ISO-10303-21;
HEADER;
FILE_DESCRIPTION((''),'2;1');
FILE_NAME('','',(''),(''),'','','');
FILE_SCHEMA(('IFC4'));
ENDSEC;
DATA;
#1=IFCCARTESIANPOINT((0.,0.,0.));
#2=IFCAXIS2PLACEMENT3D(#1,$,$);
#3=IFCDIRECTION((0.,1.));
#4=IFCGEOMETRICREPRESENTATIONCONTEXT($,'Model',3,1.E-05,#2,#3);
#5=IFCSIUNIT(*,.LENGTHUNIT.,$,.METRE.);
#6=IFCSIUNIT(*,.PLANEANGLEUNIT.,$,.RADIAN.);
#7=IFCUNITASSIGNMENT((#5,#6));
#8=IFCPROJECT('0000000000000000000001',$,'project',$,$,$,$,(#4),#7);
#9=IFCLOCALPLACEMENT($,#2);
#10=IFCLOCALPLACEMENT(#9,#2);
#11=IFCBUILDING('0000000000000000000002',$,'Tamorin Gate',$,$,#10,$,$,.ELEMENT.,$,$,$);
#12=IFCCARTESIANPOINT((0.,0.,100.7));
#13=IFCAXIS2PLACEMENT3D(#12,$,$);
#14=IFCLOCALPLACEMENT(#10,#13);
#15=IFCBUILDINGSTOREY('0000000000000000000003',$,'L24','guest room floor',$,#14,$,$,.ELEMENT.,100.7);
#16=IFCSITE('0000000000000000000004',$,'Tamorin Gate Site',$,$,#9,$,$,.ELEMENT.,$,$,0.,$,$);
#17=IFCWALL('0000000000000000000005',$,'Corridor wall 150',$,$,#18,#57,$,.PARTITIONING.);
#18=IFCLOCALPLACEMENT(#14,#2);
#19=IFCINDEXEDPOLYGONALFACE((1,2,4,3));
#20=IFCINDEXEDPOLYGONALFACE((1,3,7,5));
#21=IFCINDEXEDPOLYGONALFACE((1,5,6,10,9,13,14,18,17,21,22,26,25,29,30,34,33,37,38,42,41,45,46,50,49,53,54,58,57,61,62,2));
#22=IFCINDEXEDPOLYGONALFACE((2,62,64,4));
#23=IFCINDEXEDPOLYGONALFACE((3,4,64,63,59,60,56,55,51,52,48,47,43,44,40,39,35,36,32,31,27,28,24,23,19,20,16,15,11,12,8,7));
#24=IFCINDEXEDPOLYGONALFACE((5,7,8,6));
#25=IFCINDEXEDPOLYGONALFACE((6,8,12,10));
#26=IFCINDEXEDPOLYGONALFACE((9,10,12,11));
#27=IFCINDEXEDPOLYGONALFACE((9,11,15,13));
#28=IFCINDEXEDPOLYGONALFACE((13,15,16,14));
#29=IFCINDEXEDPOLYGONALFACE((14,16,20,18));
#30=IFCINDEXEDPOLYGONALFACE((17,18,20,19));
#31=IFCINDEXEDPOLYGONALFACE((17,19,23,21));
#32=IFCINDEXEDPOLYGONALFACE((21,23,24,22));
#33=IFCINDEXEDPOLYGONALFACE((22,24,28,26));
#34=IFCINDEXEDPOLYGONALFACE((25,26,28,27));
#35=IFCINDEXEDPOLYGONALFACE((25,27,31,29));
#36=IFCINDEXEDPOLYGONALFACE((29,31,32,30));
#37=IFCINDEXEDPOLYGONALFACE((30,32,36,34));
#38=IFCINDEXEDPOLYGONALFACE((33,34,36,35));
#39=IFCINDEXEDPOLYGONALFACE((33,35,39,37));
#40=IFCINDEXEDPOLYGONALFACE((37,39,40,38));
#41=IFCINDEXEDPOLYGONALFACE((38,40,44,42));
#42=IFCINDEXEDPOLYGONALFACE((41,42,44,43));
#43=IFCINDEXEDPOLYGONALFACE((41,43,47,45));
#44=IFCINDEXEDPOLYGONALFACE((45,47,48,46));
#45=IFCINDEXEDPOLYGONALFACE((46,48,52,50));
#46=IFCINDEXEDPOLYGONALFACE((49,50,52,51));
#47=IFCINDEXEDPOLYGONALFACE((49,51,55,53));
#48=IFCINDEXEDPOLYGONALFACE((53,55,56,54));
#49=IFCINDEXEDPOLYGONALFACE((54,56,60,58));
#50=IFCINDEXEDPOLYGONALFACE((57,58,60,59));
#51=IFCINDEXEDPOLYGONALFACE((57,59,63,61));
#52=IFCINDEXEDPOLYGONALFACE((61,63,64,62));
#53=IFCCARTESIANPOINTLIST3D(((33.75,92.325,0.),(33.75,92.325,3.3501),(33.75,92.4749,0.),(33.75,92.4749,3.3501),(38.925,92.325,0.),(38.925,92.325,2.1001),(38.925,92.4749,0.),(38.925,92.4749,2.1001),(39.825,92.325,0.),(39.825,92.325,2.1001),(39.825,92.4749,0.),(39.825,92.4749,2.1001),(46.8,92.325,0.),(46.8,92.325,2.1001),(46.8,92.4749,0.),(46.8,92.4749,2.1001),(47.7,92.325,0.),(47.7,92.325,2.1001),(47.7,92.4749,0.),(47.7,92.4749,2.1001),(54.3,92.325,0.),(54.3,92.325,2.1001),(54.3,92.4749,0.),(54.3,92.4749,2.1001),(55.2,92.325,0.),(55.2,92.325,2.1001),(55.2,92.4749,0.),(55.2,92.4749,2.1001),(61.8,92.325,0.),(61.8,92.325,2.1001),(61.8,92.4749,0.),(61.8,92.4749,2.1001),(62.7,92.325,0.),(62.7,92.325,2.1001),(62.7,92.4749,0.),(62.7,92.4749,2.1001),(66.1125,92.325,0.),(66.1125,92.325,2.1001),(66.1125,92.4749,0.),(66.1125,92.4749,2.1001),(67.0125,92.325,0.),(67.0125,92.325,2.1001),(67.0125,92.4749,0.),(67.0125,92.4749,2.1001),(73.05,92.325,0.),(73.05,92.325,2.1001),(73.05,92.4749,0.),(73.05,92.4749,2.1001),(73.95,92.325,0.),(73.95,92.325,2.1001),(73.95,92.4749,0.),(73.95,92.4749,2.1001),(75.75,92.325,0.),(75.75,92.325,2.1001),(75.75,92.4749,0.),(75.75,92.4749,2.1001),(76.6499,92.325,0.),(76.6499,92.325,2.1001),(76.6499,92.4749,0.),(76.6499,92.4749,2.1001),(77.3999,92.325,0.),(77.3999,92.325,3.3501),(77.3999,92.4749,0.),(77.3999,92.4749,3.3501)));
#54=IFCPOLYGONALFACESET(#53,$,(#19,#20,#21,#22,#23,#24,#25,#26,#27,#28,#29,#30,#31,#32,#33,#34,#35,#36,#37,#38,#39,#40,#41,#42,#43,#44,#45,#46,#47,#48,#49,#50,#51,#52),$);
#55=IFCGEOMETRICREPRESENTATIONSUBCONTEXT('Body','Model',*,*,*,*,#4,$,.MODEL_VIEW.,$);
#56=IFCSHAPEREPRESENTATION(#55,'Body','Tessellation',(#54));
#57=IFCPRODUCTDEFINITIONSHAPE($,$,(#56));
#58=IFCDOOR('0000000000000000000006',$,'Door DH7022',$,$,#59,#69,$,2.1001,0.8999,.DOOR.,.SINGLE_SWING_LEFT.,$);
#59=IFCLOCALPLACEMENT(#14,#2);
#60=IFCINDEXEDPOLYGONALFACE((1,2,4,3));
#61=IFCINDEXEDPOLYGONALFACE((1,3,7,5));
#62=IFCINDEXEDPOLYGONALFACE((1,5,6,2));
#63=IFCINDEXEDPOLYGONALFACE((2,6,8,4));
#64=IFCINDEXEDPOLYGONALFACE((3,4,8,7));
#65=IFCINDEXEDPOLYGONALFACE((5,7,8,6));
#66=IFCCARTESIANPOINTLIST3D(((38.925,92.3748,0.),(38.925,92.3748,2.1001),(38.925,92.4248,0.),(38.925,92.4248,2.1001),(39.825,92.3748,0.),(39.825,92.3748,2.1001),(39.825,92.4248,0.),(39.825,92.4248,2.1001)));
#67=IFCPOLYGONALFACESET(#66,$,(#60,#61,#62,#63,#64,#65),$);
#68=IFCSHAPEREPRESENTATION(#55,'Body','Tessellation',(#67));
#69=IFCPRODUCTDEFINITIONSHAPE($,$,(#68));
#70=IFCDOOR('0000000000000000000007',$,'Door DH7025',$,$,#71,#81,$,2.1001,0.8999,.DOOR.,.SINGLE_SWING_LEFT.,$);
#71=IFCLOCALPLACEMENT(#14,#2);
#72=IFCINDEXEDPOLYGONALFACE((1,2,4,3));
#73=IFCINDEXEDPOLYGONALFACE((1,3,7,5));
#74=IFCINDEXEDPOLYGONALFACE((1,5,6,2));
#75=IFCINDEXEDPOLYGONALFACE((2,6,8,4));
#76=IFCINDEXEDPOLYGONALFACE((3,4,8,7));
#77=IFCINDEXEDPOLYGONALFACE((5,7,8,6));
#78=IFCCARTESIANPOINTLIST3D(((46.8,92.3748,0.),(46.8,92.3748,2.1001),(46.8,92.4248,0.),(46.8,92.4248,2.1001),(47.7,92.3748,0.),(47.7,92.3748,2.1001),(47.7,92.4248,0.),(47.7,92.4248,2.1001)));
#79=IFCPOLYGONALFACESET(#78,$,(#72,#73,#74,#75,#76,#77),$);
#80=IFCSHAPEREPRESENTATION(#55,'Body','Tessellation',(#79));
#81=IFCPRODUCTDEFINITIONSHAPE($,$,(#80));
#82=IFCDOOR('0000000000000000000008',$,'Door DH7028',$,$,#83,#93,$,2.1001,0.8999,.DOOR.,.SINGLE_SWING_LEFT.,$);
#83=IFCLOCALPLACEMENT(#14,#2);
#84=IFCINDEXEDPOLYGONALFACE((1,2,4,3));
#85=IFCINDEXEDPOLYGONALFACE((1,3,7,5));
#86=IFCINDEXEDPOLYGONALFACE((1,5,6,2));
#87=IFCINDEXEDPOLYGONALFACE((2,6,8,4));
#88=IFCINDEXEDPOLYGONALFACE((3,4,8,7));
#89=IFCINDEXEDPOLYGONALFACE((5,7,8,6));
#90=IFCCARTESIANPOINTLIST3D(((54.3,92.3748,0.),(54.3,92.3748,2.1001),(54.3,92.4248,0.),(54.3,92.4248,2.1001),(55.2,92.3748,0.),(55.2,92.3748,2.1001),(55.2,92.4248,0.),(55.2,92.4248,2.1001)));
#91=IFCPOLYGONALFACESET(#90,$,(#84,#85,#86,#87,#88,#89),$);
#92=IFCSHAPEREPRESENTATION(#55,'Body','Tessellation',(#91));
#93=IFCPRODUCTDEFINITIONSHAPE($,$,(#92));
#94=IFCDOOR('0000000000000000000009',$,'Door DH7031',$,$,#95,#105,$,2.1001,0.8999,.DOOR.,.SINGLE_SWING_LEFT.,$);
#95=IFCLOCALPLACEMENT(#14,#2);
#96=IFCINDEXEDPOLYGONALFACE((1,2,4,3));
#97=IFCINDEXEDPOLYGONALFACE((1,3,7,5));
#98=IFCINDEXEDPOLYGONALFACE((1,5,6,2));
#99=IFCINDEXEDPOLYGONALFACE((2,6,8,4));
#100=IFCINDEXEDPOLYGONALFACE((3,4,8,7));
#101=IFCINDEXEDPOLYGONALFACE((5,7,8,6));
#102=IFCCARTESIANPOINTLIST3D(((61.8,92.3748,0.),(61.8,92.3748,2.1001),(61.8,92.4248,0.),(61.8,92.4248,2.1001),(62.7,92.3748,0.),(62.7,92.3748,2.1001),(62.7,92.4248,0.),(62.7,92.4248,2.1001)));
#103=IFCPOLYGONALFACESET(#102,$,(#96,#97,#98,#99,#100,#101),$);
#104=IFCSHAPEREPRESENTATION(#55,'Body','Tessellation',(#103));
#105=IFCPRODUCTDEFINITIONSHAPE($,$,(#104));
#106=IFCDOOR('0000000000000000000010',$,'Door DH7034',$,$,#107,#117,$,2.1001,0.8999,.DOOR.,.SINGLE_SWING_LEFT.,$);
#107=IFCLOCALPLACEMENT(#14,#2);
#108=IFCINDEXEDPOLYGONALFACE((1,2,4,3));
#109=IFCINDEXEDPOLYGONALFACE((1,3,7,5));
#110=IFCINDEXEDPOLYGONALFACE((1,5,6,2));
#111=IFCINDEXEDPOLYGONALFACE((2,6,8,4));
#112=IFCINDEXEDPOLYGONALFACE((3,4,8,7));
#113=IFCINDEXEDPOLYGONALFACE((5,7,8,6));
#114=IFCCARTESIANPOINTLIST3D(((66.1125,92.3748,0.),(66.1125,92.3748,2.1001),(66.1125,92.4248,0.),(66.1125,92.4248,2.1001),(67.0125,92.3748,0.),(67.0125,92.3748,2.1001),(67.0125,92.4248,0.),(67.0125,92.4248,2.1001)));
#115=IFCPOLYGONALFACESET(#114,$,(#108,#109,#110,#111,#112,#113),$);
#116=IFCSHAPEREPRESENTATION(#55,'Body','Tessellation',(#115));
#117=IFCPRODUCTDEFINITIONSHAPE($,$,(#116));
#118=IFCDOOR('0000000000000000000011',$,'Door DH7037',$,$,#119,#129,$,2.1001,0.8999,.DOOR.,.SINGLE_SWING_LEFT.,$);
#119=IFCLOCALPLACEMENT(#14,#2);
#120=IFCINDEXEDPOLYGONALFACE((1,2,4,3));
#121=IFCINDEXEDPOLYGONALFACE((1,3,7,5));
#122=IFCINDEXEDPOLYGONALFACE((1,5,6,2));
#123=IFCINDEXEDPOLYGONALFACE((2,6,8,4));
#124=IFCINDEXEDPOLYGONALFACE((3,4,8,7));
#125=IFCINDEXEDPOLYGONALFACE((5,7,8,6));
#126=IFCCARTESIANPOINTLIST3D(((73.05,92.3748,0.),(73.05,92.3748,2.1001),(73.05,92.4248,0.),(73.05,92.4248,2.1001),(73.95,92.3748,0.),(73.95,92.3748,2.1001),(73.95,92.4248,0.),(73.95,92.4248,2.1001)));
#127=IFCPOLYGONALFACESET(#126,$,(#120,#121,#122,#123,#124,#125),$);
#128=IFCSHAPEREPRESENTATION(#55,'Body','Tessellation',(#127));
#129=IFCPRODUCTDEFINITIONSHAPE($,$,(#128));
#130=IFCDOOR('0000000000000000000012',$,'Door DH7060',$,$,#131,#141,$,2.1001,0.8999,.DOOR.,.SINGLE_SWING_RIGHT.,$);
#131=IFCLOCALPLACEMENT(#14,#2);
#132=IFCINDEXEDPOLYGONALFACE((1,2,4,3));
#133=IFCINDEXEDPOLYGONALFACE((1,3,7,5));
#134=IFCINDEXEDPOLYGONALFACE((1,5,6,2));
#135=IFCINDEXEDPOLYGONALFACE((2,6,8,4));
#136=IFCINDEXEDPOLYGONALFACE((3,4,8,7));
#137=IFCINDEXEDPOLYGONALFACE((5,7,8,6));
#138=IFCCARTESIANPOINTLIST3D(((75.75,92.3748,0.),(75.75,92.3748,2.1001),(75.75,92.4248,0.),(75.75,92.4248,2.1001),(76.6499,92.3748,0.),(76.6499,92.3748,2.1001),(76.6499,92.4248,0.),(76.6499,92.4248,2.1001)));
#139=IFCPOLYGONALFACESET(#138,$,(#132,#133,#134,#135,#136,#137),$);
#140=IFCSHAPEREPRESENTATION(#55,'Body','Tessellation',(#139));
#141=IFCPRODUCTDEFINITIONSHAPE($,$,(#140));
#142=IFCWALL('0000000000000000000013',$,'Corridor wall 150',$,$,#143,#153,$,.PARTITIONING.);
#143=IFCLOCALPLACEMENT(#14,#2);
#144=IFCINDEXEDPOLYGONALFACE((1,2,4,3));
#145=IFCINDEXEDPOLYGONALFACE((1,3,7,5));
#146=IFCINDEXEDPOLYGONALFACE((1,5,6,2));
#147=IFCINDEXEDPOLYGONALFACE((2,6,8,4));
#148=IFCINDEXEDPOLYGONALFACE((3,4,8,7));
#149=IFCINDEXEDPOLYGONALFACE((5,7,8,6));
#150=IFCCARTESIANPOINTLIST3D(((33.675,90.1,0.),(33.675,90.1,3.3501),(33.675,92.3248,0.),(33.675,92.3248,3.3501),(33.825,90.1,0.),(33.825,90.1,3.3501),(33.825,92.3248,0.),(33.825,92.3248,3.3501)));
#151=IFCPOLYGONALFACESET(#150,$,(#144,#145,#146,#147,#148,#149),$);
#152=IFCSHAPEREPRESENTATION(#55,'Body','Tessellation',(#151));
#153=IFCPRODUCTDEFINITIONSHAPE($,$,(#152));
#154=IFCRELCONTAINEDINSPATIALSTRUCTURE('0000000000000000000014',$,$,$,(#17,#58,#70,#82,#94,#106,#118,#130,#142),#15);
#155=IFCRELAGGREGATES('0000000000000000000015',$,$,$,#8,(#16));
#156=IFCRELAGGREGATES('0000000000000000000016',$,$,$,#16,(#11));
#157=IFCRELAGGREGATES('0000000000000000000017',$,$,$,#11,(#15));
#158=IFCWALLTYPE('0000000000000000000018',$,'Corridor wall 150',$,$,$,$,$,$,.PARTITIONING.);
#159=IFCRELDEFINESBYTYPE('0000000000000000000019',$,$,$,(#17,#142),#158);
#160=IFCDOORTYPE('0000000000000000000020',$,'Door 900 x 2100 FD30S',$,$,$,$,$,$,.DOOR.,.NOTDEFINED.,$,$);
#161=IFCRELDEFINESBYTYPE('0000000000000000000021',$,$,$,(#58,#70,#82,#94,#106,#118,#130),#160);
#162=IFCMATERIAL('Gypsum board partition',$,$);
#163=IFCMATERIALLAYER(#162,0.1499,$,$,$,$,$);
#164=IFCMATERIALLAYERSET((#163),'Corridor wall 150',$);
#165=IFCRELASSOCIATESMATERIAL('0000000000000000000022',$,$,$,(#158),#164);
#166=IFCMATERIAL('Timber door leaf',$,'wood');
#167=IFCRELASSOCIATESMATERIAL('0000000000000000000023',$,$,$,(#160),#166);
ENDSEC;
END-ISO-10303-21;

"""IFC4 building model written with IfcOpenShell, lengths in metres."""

from ifc_helpers import new_model, si_unit, direction, frame, frame_2d, origin, place, context, subcontext, project, spatial, rectangle, extrude, material, layer, layer_set, type_object, element, fill, save


model = new_model("IFC4")

# Units and contexts
model_context = context("Model", 3, precision=1e-05, world=origin(), true_north=direction((0.0, 1.0)))
body_context = subcontext(model_context, "Body", "Model", "MODEL_VIEW")
ifc_project = project(units=[si_unit("LENGTHUNIT", "METRE"), si_unit("PLANEANGLEUNIT", "RADIAN")], contexts=[model_context])

# Site, building, storey
site_placement = place(None, origin())
site = spatial("IfcSite", under=ifc_project, at=site_placement, Name="Tamorin Gate Site", CompositionType="ELEMENT", RefElevation=0.0)
building_placement = place(site_placement, origin())
building = spatial("IfcBuilding", under=site, at=building_placement, Name="Tamorin Gate", CompositionType="ELEMENT")
storey_placement = place(building_placement, frame((0.0, 0.0, 100.7)))
storey = spatial("IfcBuildingStorey", under=building, at=storey_placement, Name="L24", Description="guest room floor", CompositionType="ELEMENT", Elevation=100.7)

# Wall, openings, doors
ifc_material_1 = material(Name="Gypsum board partition")
ifc_layer_1 = layer(ifc_material_1, 0.1499)
ifc_layer_set_1 = layer_set([ifc_layer_1], Name="Corridor wall 150")
wall_type_1 = type_object("IfcWallType", Name="Corridor wall 150", PredefinedType="PARTITIONING", material=ifc_layer_set_1)
ifc_material_2 = material(Name="Timber door leaf", Category="wood")
door_type_1 = type_object("IfcDoorType", Name="Door 900 x 2100 FD30S", OperationType="NOTDEFINED", PredefinedType="DOOR", material=ifc_material_2)
wall_1_placement = place(storey_placement, frame((33.75, 92.3999, 0.0), z_axis=(0.0, 0.0, 1.0), x_axis=(1.0, 0.0, 0.0)))
wall_1 = element("IfcWall", 1, at=wall_1_placement, inside=storey, type_object=wall_type_1, Name="Corridor wall 150", PredefinedType="PARTITIONING", context=body_context, shape_type="SweptSolid", body=[
    extrude(rectangle(XDim=43.6499, YDim=0.1499, at=frame_2d((21.825, 0.0))), origin(), (0.0, 0.0, 1.0), 3.3501),
])
opening_1_placement = place(wall_1_placement, frame((5.175, 0.0, 0.0)))
opening_1 = element("IfcOpeningElement", 2, at=opening_1_placement, cuts=wall_1, PredefinedType="OPENING", context=body_context, shape_type="SweptSolid", body=[
    extrude(rectangle(XDim=0.8999, YDim=2.1001, at=frame_2d((0.45, 1.05))), frame((0.0, 0.085, 0.0), z_axis=(0.0, -1.0, 0.0), x_axis=(1.0, 0.0, 0.0)), (0.0, 0.0, 1.0), 0.1699),
])
opening_2_placement = place(wall_1_placement, frame((13.05, 0.0, 0.0)))
opening_2 = element("IfcOpeningElement", 3, at=opening_2_placement, cuts=wall_1, PredefinedType="OPENING", context=body_context, shape_type="SweptSolid", body=[
    extrude(rectangle(XDim=0.8999, YDim=2.1001, at=frame_2d((0.45, 1.05))), frame((0.0, 0.085, 0.0), z_axis=(0.0, -1.0, 0.0), x_axis=(1.0, 0.0, 0.0)), (0.0, 0.0, 1.0), 0.1699),
])
opening_3_placement = place(wall_1_placement, frame((20.55, 0.0, 0.0)))
opening_3 = element("IfcOpeningElement", 4, at=opening_3_placement, cuts=wall_1, PredefinedType="OPENING", context=body_context, shape_type="SweptSolid", body=[
    extrude(rectangle(XDim=0.8999, YDim=2.1001, at=frame_2d((0.45, 1.05))), frame((0.0, 0.085, 0.0), z_axis=(0.0, -1.0, 0.0), x_axis=(1.0, 0.0, 0.0)), (0.0, 0.0, 1.0), 0.1699),
])
opening_4_placement = place(wall_1_placement, frame((28.05, 0.0, 0.0)))
opening_4 = element("IfcOpeningElement", 5, at=opening_4_placement, cuts=wall_1, PredefinedType="OPENING", context=body_context, shape_type="SweptSolid", body=[
    extrude(rectangle(XDim=0.8999, YDim=2.1001, at=frame_2d((0.45, 1.05))), frame((0.0, 0.085, 0.0), z_axis=(0.0, -1.0, 0.0), x_axis=(1.0, 0.0, 0.0)), (0.0, 0.0, 1.0), 0.1699),
])
opening_5_placement = place(wall_1_placement, frame((32.3625, 0.0, 0.0)))
opening_5 = element("IfcOpeningElement", 6, at=opening_5_placement, cuts=wall_1, PredefinedType="OPENING", context=body_context, shape_type="SweptSolid", body=[
    extrude(rectangle(XDim=0.8999, YDim=2.1001, at=frame_2d((0.45, 1.05))), frame((0.0, 0.085, 0.0), z_axis=(0.0, -1.0, 0.0), x_axis=(1.0, 0.0, 0.0)), (0.0, 0.0, 1.0), 0.1699),
])
opening_6_placement = place(wall_1_placement, frame((39.3, 0.0, 0.0)))
opening_6 = element("IfcOpeningElement", 7, at=opening_6_placement, cuts=wall_1, PredefinedType="OPENING", context=body_context, shape_type="SweptSolid", body=[
    extrude(rectangle(XDim=0.8999, YDim=2.1001, at=frame_2d((0.45, 1.05))), frame((0.0, 0.085, 0.0), z_axis=(0.0, -1.0, 0.0), x_axis=(1.0, 0.0, 0.0)), (0.0, 0.0, 1.0), 0.1699),
])
opening_7_placement = place(wall_1_placement, frame((42.0, 0.0, 0.0)))
opening_7 = element("IfcOpeningElement", 8, at=opening_7_placement, cuts=wall_1, PredefinedType="OPENING", context=body_context, shape_type="SweptSolid", body=[
    extrude(rectangle(XDim=0.8999, YDim=2.1001, at=frame_2d((0.45, 1.05))), frame((0.0, 0.085, 0.0), z_axis=(0.0, -1.0, 0.0), x_axis=(1.0, 0.0, 0.0)), (0.0, 0.0, 1.0), 0.1699),
])
door_1_placement = place(opening_1_placement, origin())
door_1 = element("IfcDoor", 9, at=door_1_placement, inside=storey, type_object=door_type_1, Name="Door DH7022", OperationType="SINGLE_SWING_LEFT", OverallHeight=2.1001, OverallWidth=0.8999, PredefinedType="DOOR", context=body_context, shape_type="SweptSolid", body=[
    extrude(rectangle(XDim=0.8999, YDim=2.1001, at=frame_2d((0.45, 1.05))), frame((0.0, 0.0249, 0.0), z_axis=(0.0, -1.0, 0.0), x_axis=(1.0, 0.0, 0.0)), (0.0, 0.0, 1.0), 0.05),
])
fill(opening_1, door_1)
door_2_placement = place(opening_2_placement, origin())
door_2 = element("IfcDoor", 10, at=door_2_placement, inside=storey, type_object=door_type_1, Name="Door DH7025", OperationType="SINGLE_SWING_LEFT", OverallHeight=2.1001, OverallWidth=0.8999, PredefinedType="DOOR", context=body_context, shape_type="SweptSolid", body=[
    extrude(rectangle(XDim=0.8999, YDim=2.1001, at=frame_2d((0.45, 1.05))), frame((0.0, 0.0249, 0.0), z_axis=(0.0, -1.0, 0.0), x_axis=(1.0, 0.0, 0.0)), (0.0, 0.0, 1.0), 0.05),
])
fill(opening_2, door_2)
door_3_placement = place(opening_3_placement, origin())
door_3 = element("IfcDoor", 11, at=door_3_placement, inside=storey, type_object=door_type_1, Name="Door DH7028", OperationType="SINGLE_SWING_LEFT", OverallHeight=2.1001, OverallWidth=0.8999, PredefinedType="DOOR", context=body_context, shape_type="SweptSolid", body=[
    extrude(rectangle(XDim=0.8999, YDim=2.1001, at=frame_2d((0.45, 1.05))), frame((0.0, 0.0249, 0.0), z_axis=(0.0, -1.0, 0.0), x_axis=(1.0, 0.0, 0.0)), (0.0, 0.0, 1.0), 0.05),
])
fill(opening_3, door_3)
door_4_placement = place(opening_4_placement, origin())
door_4 = element("IfcDoor", 12, at=door_4_placement, inside=storey, type_object=door_type_1, Name="Door DH7031", OperationType="SINGLE_SWING_LEFT", OverallHeight=2.1001, OverallWidth=0.8999, PredefinedType="DOOR", context=body_context, shape_type="SweptSolid", body=[
    extrude(rectangle(XDim=0.8999, YDim=2.1001, at=frame_2d((0.45, 1.05))), frame((0.0, 0.0249, 0.0), z_axis=(0.0, -1.0, 0.0), x_axis=(1.0, 0.0, 0.0)), (0.0, 0.0, 1.0), 0.05),
])
fill(opening_4, door_4)
door_5_placement = place(opening_5_placement, origin())
door_5 = element("IfcDoor", 13, at=door_5_placement, inside=storey, type_object=door_type_1, Name="Door DH7034", OperationType="SINGLE_SWING_LEFT", OverallHeight=2.1001, OverallWidth=0.8999, PredefinedType="DOOR", context=body_context, shape_type="SweptSolid", body=[
    extrude(rectangle(XDim=0.8999, YDim=2.1001, at=frame_2d((0.45, 1.05))), frame((0.0, 0.0249, 0.0), z_axis=(0.0, -1.0, 0.0), x_axis=(1.0, 0.0, 0.0)), (0.0, 0.0, 1.0), 0.05),
])
fill(opening_5, door_5)
door_6_placement = place(opening_6_placement, origin())
door_6 = element("IfcDoor", 14, at=door_6_placement, inside=storey, type_object=door_type_1, Name="Door DH7037", OperationType="SINGLE_SWING_LEFT", OverallHeight=2.1001, OverallWidth=0.8999, PredefinedType="DOOR", context=body_context, shape_type="SweptSolid", body=[
    extrude(rectangle(XDim=0.8999, YDim=2.1001, at=frame_2d((0.45, 1.05))), frame((0.0, 0.0249, 0.0), z_axis=(0.0, -1.0, 0.0), x_axis=(1.0, 0.0, 0.0)), (0.0, 0.0, 1.0), 0.05),
])
fill(opening_6, door_6)
door_7_placement = place(opening_7_placement, origin())
door_7 = element("IfcDoor", 15, at=door_7_placement, inside=storey, type_object=door_type_1, Name="Door DH7060", OperationType="SINGLE_SWING_RIGHT", OverallHeight=2.1001, OverallWidth=0.8999, PredefinedType="DOOR", context=body_context, shape_type="SweptSolid", body=[
    extrude(rectangle(XDim=0.8999, YDim=2.1001, at=frame_2d((0.45, 1.05))), frame((0.0, 0.0249, 0.0), z_axis=(0.0, -1.0, 0.0), x_axis=(1.0, 0.0, 0.0)), (0.0, 0.0, 1.0), 0.05),
])
fill(opening_7, door_7)

# Wall
wall_2_placement = place(storey_placement, frame((33.75, 90.1001, 0.0), z_axis=(0.0, 0.0, 1.0), x_axis=(0.0, 1.0, 0.0)))
element("IfcWall", 16, at=wall_2_placement, inside=storey, type_object=wall_type_1, Name="Corridor wall 150", PredefinedType="PARTITIONING", context=body_context, shape_type="SweptSolid", body=[
    extrude(rectangle(XDim=2.2249, YDim=0.1499, at=frame_2d((1.1123, 0.0))), origin(), (0.0, 0.0, 1.0), 3.3501),
])

save(model, "model.ifc")
